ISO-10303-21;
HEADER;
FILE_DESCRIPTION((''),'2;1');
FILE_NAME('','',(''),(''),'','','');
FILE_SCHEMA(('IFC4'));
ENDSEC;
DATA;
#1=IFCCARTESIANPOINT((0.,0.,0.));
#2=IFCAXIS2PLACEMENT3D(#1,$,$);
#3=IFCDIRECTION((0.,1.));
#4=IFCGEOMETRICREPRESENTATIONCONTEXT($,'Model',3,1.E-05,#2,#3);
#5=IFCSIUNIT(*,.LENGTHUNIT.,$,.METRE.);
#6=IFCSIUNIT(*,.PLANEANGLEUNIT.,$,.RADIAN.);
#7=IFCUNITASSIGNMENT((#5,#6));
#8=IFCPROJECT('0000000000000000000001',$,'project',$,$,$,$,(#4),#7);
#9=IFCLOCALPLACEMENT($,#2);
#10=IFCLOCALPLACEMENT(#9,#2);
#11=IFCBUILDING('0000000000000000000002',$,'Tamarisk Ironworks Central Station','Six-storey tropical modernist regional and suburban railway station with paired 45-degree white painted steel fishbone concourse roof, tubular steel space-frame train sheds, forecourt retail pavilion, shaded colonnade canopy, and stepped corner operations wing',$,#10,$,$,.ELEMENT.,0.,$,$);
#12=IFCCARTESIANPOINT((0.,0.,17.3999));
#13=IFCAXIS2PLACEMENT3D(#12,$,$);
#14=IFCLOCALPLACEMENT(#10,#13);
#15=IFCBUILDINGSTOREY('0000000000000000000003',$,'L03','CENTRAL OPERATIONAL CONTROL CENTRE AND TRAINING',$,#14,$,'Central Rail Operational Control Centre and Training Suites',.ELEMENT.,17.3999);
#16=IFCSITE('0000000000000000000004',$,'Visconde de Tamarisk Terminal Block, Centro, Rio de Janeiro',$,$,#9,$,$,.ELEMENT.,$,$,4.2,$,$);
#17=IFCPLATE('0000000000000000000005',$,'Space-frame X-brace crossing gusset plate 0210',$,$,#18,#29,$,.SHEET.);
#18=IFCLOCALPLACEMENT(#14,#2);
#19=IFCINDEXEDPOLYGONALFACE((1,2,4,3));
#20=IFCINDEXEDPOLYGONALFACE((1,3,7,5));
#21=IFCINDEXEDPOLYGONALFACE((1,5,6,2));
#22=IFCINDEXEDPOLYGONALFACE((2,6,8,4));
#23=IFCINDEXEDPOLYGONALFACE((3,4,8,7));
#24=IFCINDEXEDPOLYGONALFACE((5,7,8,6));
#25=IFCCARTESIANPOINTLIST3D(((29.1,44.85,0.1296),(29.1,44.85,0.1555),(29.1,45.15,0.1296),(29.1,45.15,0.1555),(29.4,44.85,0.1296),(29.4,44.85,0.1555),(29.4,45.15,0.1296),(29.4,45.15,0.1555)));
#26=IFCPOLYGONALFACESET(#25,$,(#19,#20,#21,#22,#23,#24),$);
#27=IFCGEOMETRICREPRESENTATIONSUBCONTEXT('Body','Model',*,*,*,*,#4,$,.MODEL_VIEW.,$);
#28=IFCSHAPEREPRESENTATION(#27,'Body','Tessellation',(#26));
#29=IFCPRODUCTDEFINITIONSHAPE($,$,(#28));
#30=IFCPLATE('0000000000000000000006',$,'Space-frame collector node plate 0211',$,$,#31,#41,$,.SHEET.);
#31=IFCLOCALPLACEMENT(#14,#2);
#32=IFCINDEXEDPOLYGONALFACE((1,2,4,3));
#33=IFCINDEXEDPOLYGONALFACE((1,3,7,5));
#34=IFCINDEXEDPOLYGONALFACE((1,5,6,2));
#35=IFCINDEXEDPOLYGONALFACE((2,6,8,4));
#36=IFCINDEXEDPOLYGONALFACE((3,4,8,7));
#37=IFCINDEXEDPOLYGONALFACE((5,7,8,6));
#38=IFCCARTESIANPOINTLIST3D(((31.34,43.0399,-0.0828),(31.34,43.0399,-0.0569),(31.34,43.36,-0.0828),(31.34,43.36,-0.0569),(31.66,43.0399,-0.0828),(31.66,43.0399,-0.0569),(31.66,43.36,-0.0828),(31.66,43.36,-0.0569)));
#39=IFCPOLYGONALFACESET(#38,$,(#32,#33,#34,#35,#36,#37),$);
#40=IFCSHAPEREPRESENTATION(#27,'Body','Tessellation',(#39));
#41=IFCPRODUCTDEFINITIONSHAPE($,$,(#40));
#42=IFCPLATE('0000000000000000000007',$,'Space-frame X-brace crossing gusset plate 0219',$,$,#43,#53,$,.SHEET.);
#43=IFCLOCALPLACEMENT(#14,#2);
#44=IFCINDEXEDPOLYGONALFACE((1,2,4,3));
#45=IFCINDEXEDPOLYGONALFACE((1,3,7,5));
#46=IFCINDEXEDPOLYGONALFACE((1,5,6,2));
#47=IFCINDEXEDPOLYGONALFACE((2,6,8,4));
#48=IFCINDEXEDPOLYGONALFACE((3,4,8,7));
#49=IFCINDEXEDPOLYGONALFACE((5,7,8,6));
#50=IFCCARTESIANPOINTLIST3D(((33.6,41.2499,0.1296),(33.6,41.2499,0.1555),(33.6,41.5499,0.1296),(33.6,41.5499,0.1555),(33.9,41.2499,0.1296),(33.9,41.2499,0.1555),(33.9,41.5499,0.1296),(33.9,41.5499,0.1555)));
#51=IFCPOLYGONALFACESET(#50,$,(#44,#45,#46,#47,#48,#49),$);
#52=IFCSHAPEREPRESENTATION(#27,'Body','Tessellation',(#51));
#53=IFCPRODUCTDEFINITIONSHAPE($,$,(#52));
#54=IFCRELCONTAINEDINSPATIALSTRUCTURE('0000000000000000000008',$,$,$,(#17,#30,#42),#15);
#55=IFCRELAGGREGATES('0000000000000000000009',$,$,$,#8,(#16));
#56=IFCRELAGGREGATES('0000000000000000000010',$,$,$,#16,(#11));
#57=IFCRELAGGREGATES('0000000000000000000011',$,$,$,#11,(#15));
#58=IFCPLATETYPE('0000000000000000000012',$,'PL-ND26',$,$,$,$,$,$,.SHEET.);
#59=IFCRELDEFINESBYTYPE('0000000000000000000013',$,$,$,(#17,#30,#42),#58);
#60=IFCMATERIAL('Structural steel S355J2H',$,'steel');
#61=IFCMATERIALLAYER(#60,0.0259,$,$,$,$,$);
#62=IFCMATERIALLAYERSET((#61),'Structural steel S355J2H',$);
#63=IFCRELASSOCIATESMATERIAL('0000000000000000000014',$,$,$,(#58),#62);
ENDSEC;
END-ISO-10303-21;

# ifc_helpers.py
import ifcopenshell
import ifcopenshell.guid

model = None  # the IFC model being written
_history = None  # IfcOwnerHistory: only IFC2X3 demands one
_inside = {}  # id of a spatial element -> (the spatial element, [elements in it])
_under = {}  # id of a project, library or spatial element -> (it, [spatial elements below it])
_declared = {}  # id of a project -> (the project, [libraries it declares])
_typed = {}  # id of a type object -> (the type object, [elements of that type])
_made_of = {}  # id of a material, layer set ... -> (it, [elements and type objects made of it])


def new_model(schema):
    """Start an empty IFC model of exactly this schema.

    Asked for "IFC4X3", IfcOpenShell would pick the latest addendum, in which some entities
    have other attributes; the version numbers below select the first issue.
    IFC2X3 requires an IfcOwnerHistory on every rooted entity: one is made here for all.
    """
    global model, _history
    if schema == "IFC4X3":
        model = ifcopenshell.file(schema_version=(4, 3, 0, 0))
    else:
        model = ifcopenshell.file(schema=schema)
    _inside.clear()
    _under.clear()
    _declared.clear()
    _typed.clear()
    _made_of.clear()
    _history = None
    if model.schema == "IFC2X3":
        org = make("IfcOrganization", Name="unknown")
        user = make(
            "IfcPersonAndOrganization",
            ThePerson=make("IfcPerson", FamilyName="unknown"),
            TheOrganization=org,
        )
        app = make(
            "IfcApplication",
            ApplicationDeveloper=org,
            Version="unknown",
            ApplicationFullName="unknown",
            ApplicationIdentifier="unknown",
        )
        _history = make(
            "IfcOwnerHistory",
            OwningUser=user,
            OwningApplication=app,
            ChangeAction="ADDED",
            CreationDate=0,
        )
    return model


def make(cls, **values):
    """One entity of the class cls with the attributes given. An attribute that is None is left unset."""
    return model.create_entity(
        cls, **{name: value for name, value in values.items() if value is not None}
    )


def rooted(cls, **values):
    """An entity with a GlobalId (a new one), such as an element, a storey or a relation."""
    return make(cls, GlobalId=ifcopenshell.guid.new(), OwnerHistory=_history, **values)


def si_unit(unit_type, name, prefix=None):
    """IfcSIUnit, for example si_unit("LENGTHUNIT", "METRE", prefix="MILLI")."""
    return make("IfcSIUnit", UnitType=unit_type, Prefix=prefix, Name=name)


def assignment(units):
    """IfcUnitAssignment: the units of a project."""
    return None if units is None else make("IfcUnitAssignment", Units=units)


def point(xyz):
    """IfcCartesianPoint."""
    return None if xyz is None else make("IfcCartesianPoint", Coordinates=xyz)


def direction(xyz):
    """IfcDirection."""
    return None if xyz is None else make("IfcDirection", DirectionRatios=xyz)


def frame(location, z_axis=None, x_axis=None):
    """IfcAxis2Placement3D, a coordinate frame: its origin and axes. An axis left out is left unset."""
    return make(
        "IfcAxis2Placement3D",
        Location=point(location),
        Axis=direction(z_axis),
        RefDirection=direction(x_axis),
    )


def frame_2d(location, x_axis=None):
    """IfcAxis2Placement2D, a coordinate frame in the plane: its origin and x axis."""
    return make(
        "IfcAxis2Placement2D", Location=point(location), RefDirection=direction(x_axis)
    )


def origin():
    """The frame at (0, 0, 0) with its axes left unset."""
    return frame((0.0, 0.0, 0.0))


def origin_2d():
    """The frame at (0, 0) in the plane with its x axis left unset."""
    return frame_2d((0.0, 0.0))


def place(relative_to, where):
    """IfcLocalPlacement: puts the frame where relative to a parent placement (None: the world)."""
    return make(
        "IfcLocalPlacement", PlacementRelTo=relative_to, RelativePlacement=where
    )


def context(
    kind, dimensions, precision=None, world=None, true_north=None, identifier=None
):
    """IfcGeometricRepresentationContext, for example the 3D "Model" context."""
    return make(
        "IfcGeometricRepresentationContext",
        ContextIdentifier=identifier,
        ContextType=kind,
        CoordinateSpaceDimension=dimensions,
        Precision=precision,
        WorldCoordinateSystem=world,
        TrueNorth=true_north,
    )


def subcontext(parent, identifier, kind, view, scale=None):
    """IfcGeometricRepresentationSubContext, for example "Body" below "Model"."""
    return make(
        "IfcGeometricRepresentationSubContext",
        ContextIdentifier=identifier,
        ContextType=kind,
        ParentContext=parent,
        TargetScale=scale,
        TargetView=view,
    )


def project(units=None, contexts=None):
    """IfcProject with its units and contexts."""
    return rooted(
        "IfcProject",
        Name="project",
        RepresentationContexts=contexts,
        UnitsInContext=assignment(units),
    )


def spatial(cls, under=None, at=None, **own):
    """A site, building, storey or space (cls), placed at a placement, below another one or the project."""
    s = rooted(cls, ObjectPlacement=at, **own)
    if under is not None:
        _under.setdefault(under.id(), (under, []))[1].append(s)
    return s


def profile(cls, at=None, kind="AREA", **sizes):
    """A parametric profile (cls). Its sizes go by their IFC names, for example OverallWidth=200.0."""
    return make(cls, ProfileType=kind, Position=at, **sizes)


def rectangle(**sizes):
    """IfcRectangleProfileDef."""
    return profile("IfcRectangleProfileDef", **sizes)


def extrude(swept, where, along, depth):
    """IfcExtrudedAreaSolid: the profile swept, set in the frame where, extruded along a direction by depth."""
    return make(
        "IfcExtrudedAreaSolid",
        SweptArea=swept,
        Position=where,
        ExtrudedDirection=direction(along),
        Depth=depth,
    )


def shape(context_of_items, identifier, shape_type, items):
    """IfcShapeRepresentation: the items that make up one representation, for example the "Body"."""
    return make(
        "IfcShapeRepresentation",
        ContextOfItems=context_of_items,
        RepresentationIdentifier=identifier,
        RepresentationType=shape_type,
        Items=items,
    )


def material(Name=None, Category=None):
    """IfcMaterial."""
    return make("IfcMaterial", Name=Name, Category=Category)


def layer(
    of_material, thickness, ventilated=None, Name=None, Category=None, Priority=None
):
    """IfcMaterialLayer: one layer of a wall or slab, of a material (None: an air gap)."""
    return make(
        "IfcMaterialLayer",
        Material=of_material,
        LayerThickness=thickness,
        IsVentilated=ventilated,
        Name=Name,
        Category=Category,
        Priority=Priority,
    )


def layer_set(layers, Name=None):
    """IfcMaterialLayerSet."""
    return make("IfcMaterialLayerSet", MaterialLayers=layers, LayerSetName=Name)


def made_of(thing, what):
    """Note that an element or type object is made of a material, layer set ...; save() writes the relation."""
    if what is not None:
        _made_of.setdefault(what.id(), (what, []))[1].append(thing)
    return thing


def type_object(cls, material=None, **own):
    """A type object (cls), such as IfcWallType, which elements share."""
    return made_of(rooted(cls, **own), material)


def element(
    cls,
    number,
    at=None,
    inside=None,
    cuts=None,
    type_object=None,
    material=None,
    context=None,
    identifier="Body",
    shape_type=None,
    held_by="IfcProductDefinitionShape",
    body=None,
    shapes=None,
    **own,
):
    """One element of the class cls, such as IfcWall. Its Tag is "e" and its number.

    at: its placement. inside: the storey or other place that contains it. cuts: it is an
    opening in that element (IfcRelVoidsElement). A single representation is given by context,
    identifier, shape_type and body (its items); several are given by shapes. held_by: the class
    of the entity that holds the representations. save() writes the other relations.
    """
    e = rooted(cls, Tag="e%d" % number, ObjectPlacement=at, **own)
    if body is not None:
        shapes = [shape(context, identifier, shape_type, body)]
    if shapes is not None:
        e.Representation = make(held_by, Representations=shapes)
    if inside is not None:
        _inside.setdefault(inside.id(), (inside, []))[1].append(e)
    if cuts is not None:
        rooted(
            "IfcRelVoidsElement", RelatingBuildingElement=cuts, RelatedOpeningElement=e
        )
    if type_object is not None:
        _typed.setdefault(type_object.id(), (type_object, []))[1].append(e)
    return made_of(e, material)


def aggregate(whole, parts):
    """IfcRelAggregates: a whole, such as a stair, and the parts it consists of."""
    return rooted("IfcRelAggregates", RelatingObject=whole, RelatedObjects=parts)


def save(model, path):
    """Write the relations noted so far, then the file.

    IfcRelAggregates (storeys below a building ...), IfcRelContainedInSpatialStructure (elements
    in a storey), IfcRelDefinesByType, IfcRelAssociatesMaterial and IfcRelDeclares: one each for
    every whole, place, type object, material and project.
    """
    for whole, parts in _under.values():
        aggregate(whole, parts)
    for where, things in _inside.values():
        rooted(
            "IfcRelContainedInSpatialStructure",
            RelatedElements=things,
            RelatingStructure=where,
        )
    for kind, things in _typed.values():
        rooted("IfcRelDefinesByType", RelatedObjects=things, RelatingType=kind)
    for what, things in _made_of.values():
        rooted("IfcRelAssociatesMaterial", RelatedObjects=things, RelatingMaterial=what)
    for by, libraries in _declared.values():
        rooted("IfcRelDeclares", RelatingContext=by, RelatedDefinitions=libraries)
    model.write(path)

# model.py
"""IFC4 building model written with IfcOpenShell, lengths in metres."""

from ifc_helpers import new_model, si_unit, direction, frame, origin, origin_2d, place, context, subcontext, project, spatial, rectangle, extrude, material, layer, layer_set, type_object, element, save


model = new_model("IFC4")

# Units and contexts
model_context = context("Model", 3, precision=1e-05, world=origin(), true_north=direction((0.0, 1.0)))
body_context = subcontext(model_context, "Body", "Model", "MODEL_VIEW")
ifc_project = project(units=[si_unit("LENGTHUNIT", "METRE"), si_unit("PLANEANGLEUNIT", "RADIAN")], contexts=[model_context])

# Site, building, storey
site_placement = place(None, origin())
site = spatial("IfcSite", under=ifc_project, at=site_placement, Name="Visconde de Tamarisk Terminal Block, Centro, Rio de Janeiro", CompositionType="ELEMENT", RefElevation=4.2)
building_placement = place(site_placement, origin())
building = spatial("IfcBuilding", under=site, at=building_placement, Name="Tamarisk Ironworks Central Station", Description="Six-storey tropical modernist regional and suburban railway station with paired 45-degree white painted steel fishbone concourse roof, tubular steel space-frame train sheds, forecourt retail pavilion, shaded colonnade canopy, and stepped corner operations wing", CompositionType="ELEMENT", ElevationOfRefHeight=0.0)
storey_placement = place(building_placement, frame((0.0, 0.0, 17.3999)))
storey = spatial("IfcBuildingStorey", under=building, at=storey_placement, Name="L03", Description="CENTRAL OPERATIONAL CONTROL CENTRE AND TRAINING", LongName="Central Rail Operational Control Centre and Training Suites", CompositionType="ELEMENT", Elevation=17.3999)

# Shared definitions
ifc_material = material(Name="Structural steel S355J2H", Category="steel")

# Plates
ifc_layer = layer(ifc_material, 0.0259)
ifc_layer_set = layer_set([ifc_layer], Name="Structural steel S355J2H")
plate_type = type_object("IfcPlateType", Name="PL-ND26", PredefinedType="SHEET", material=ifc_layer_set)
plate_1_placement = place(storey_placement, frame((29.25, 45.0, 0.1296), z_axis=(0.0, 0.0, 1.0), x_axis=(1.0, 0.0, 0.0)))
element("IfcPlate", 1, at=plate_1_placement, inside=storey, type_object=plate_type, Name="Space-frame X-brace crossing gusset plate 0210", PredefinedType="SHEET", context=body_context, shape_type="SweptSolid", body=[
    extrude(rectangle(XDim=0.3, YDim=0.3, at=origin_2d()), origin(), (0.0, 0.0, 1.0), 0.0259),
])
plate_2_placement = place(storey_placement, frame((31.5, 43.2, -0.0828), z_axis=(0.0, 0.0, 1.0), x_axis=(1.0, 0.0, 0.0)))
element("IfcPlate", 2, at=plate_2_placement, inside=storey, type_object=plate_type, Name="Space-frame collector node plate 0211", PredefinedType="SHEET", context=body_context, shape_type="SweptSolid", body=[
    extrude(rectangle(XDim=0.3201, YDim=0.3201, at=origin_2d()), origin(), (0.0, 0.0, 1.0), 0.0259),
])
plate_3_placement = place(storey_placement, frame((33.75, 41.3999, 0.1296), z_axis=(0.0, 0.0, 1.0), x_axis=(1.0, 0.0, 0.0)))
element("IfcPlate", 3, at=plate_3_placement, inside=storey, type_object=plate_type, Name="Space-frame X-brace crossing gusset plate 0219", PredefinedType="SHEET", context=body_context, shape_type="SweptSolid", body=[
    extrude(rectangle(XDim=0.3, YDim=0.3, at=origin_2d()), origin(), (0.0, 0.0, 1.0), 0.0259),
])

save(model, "model.ifc")
